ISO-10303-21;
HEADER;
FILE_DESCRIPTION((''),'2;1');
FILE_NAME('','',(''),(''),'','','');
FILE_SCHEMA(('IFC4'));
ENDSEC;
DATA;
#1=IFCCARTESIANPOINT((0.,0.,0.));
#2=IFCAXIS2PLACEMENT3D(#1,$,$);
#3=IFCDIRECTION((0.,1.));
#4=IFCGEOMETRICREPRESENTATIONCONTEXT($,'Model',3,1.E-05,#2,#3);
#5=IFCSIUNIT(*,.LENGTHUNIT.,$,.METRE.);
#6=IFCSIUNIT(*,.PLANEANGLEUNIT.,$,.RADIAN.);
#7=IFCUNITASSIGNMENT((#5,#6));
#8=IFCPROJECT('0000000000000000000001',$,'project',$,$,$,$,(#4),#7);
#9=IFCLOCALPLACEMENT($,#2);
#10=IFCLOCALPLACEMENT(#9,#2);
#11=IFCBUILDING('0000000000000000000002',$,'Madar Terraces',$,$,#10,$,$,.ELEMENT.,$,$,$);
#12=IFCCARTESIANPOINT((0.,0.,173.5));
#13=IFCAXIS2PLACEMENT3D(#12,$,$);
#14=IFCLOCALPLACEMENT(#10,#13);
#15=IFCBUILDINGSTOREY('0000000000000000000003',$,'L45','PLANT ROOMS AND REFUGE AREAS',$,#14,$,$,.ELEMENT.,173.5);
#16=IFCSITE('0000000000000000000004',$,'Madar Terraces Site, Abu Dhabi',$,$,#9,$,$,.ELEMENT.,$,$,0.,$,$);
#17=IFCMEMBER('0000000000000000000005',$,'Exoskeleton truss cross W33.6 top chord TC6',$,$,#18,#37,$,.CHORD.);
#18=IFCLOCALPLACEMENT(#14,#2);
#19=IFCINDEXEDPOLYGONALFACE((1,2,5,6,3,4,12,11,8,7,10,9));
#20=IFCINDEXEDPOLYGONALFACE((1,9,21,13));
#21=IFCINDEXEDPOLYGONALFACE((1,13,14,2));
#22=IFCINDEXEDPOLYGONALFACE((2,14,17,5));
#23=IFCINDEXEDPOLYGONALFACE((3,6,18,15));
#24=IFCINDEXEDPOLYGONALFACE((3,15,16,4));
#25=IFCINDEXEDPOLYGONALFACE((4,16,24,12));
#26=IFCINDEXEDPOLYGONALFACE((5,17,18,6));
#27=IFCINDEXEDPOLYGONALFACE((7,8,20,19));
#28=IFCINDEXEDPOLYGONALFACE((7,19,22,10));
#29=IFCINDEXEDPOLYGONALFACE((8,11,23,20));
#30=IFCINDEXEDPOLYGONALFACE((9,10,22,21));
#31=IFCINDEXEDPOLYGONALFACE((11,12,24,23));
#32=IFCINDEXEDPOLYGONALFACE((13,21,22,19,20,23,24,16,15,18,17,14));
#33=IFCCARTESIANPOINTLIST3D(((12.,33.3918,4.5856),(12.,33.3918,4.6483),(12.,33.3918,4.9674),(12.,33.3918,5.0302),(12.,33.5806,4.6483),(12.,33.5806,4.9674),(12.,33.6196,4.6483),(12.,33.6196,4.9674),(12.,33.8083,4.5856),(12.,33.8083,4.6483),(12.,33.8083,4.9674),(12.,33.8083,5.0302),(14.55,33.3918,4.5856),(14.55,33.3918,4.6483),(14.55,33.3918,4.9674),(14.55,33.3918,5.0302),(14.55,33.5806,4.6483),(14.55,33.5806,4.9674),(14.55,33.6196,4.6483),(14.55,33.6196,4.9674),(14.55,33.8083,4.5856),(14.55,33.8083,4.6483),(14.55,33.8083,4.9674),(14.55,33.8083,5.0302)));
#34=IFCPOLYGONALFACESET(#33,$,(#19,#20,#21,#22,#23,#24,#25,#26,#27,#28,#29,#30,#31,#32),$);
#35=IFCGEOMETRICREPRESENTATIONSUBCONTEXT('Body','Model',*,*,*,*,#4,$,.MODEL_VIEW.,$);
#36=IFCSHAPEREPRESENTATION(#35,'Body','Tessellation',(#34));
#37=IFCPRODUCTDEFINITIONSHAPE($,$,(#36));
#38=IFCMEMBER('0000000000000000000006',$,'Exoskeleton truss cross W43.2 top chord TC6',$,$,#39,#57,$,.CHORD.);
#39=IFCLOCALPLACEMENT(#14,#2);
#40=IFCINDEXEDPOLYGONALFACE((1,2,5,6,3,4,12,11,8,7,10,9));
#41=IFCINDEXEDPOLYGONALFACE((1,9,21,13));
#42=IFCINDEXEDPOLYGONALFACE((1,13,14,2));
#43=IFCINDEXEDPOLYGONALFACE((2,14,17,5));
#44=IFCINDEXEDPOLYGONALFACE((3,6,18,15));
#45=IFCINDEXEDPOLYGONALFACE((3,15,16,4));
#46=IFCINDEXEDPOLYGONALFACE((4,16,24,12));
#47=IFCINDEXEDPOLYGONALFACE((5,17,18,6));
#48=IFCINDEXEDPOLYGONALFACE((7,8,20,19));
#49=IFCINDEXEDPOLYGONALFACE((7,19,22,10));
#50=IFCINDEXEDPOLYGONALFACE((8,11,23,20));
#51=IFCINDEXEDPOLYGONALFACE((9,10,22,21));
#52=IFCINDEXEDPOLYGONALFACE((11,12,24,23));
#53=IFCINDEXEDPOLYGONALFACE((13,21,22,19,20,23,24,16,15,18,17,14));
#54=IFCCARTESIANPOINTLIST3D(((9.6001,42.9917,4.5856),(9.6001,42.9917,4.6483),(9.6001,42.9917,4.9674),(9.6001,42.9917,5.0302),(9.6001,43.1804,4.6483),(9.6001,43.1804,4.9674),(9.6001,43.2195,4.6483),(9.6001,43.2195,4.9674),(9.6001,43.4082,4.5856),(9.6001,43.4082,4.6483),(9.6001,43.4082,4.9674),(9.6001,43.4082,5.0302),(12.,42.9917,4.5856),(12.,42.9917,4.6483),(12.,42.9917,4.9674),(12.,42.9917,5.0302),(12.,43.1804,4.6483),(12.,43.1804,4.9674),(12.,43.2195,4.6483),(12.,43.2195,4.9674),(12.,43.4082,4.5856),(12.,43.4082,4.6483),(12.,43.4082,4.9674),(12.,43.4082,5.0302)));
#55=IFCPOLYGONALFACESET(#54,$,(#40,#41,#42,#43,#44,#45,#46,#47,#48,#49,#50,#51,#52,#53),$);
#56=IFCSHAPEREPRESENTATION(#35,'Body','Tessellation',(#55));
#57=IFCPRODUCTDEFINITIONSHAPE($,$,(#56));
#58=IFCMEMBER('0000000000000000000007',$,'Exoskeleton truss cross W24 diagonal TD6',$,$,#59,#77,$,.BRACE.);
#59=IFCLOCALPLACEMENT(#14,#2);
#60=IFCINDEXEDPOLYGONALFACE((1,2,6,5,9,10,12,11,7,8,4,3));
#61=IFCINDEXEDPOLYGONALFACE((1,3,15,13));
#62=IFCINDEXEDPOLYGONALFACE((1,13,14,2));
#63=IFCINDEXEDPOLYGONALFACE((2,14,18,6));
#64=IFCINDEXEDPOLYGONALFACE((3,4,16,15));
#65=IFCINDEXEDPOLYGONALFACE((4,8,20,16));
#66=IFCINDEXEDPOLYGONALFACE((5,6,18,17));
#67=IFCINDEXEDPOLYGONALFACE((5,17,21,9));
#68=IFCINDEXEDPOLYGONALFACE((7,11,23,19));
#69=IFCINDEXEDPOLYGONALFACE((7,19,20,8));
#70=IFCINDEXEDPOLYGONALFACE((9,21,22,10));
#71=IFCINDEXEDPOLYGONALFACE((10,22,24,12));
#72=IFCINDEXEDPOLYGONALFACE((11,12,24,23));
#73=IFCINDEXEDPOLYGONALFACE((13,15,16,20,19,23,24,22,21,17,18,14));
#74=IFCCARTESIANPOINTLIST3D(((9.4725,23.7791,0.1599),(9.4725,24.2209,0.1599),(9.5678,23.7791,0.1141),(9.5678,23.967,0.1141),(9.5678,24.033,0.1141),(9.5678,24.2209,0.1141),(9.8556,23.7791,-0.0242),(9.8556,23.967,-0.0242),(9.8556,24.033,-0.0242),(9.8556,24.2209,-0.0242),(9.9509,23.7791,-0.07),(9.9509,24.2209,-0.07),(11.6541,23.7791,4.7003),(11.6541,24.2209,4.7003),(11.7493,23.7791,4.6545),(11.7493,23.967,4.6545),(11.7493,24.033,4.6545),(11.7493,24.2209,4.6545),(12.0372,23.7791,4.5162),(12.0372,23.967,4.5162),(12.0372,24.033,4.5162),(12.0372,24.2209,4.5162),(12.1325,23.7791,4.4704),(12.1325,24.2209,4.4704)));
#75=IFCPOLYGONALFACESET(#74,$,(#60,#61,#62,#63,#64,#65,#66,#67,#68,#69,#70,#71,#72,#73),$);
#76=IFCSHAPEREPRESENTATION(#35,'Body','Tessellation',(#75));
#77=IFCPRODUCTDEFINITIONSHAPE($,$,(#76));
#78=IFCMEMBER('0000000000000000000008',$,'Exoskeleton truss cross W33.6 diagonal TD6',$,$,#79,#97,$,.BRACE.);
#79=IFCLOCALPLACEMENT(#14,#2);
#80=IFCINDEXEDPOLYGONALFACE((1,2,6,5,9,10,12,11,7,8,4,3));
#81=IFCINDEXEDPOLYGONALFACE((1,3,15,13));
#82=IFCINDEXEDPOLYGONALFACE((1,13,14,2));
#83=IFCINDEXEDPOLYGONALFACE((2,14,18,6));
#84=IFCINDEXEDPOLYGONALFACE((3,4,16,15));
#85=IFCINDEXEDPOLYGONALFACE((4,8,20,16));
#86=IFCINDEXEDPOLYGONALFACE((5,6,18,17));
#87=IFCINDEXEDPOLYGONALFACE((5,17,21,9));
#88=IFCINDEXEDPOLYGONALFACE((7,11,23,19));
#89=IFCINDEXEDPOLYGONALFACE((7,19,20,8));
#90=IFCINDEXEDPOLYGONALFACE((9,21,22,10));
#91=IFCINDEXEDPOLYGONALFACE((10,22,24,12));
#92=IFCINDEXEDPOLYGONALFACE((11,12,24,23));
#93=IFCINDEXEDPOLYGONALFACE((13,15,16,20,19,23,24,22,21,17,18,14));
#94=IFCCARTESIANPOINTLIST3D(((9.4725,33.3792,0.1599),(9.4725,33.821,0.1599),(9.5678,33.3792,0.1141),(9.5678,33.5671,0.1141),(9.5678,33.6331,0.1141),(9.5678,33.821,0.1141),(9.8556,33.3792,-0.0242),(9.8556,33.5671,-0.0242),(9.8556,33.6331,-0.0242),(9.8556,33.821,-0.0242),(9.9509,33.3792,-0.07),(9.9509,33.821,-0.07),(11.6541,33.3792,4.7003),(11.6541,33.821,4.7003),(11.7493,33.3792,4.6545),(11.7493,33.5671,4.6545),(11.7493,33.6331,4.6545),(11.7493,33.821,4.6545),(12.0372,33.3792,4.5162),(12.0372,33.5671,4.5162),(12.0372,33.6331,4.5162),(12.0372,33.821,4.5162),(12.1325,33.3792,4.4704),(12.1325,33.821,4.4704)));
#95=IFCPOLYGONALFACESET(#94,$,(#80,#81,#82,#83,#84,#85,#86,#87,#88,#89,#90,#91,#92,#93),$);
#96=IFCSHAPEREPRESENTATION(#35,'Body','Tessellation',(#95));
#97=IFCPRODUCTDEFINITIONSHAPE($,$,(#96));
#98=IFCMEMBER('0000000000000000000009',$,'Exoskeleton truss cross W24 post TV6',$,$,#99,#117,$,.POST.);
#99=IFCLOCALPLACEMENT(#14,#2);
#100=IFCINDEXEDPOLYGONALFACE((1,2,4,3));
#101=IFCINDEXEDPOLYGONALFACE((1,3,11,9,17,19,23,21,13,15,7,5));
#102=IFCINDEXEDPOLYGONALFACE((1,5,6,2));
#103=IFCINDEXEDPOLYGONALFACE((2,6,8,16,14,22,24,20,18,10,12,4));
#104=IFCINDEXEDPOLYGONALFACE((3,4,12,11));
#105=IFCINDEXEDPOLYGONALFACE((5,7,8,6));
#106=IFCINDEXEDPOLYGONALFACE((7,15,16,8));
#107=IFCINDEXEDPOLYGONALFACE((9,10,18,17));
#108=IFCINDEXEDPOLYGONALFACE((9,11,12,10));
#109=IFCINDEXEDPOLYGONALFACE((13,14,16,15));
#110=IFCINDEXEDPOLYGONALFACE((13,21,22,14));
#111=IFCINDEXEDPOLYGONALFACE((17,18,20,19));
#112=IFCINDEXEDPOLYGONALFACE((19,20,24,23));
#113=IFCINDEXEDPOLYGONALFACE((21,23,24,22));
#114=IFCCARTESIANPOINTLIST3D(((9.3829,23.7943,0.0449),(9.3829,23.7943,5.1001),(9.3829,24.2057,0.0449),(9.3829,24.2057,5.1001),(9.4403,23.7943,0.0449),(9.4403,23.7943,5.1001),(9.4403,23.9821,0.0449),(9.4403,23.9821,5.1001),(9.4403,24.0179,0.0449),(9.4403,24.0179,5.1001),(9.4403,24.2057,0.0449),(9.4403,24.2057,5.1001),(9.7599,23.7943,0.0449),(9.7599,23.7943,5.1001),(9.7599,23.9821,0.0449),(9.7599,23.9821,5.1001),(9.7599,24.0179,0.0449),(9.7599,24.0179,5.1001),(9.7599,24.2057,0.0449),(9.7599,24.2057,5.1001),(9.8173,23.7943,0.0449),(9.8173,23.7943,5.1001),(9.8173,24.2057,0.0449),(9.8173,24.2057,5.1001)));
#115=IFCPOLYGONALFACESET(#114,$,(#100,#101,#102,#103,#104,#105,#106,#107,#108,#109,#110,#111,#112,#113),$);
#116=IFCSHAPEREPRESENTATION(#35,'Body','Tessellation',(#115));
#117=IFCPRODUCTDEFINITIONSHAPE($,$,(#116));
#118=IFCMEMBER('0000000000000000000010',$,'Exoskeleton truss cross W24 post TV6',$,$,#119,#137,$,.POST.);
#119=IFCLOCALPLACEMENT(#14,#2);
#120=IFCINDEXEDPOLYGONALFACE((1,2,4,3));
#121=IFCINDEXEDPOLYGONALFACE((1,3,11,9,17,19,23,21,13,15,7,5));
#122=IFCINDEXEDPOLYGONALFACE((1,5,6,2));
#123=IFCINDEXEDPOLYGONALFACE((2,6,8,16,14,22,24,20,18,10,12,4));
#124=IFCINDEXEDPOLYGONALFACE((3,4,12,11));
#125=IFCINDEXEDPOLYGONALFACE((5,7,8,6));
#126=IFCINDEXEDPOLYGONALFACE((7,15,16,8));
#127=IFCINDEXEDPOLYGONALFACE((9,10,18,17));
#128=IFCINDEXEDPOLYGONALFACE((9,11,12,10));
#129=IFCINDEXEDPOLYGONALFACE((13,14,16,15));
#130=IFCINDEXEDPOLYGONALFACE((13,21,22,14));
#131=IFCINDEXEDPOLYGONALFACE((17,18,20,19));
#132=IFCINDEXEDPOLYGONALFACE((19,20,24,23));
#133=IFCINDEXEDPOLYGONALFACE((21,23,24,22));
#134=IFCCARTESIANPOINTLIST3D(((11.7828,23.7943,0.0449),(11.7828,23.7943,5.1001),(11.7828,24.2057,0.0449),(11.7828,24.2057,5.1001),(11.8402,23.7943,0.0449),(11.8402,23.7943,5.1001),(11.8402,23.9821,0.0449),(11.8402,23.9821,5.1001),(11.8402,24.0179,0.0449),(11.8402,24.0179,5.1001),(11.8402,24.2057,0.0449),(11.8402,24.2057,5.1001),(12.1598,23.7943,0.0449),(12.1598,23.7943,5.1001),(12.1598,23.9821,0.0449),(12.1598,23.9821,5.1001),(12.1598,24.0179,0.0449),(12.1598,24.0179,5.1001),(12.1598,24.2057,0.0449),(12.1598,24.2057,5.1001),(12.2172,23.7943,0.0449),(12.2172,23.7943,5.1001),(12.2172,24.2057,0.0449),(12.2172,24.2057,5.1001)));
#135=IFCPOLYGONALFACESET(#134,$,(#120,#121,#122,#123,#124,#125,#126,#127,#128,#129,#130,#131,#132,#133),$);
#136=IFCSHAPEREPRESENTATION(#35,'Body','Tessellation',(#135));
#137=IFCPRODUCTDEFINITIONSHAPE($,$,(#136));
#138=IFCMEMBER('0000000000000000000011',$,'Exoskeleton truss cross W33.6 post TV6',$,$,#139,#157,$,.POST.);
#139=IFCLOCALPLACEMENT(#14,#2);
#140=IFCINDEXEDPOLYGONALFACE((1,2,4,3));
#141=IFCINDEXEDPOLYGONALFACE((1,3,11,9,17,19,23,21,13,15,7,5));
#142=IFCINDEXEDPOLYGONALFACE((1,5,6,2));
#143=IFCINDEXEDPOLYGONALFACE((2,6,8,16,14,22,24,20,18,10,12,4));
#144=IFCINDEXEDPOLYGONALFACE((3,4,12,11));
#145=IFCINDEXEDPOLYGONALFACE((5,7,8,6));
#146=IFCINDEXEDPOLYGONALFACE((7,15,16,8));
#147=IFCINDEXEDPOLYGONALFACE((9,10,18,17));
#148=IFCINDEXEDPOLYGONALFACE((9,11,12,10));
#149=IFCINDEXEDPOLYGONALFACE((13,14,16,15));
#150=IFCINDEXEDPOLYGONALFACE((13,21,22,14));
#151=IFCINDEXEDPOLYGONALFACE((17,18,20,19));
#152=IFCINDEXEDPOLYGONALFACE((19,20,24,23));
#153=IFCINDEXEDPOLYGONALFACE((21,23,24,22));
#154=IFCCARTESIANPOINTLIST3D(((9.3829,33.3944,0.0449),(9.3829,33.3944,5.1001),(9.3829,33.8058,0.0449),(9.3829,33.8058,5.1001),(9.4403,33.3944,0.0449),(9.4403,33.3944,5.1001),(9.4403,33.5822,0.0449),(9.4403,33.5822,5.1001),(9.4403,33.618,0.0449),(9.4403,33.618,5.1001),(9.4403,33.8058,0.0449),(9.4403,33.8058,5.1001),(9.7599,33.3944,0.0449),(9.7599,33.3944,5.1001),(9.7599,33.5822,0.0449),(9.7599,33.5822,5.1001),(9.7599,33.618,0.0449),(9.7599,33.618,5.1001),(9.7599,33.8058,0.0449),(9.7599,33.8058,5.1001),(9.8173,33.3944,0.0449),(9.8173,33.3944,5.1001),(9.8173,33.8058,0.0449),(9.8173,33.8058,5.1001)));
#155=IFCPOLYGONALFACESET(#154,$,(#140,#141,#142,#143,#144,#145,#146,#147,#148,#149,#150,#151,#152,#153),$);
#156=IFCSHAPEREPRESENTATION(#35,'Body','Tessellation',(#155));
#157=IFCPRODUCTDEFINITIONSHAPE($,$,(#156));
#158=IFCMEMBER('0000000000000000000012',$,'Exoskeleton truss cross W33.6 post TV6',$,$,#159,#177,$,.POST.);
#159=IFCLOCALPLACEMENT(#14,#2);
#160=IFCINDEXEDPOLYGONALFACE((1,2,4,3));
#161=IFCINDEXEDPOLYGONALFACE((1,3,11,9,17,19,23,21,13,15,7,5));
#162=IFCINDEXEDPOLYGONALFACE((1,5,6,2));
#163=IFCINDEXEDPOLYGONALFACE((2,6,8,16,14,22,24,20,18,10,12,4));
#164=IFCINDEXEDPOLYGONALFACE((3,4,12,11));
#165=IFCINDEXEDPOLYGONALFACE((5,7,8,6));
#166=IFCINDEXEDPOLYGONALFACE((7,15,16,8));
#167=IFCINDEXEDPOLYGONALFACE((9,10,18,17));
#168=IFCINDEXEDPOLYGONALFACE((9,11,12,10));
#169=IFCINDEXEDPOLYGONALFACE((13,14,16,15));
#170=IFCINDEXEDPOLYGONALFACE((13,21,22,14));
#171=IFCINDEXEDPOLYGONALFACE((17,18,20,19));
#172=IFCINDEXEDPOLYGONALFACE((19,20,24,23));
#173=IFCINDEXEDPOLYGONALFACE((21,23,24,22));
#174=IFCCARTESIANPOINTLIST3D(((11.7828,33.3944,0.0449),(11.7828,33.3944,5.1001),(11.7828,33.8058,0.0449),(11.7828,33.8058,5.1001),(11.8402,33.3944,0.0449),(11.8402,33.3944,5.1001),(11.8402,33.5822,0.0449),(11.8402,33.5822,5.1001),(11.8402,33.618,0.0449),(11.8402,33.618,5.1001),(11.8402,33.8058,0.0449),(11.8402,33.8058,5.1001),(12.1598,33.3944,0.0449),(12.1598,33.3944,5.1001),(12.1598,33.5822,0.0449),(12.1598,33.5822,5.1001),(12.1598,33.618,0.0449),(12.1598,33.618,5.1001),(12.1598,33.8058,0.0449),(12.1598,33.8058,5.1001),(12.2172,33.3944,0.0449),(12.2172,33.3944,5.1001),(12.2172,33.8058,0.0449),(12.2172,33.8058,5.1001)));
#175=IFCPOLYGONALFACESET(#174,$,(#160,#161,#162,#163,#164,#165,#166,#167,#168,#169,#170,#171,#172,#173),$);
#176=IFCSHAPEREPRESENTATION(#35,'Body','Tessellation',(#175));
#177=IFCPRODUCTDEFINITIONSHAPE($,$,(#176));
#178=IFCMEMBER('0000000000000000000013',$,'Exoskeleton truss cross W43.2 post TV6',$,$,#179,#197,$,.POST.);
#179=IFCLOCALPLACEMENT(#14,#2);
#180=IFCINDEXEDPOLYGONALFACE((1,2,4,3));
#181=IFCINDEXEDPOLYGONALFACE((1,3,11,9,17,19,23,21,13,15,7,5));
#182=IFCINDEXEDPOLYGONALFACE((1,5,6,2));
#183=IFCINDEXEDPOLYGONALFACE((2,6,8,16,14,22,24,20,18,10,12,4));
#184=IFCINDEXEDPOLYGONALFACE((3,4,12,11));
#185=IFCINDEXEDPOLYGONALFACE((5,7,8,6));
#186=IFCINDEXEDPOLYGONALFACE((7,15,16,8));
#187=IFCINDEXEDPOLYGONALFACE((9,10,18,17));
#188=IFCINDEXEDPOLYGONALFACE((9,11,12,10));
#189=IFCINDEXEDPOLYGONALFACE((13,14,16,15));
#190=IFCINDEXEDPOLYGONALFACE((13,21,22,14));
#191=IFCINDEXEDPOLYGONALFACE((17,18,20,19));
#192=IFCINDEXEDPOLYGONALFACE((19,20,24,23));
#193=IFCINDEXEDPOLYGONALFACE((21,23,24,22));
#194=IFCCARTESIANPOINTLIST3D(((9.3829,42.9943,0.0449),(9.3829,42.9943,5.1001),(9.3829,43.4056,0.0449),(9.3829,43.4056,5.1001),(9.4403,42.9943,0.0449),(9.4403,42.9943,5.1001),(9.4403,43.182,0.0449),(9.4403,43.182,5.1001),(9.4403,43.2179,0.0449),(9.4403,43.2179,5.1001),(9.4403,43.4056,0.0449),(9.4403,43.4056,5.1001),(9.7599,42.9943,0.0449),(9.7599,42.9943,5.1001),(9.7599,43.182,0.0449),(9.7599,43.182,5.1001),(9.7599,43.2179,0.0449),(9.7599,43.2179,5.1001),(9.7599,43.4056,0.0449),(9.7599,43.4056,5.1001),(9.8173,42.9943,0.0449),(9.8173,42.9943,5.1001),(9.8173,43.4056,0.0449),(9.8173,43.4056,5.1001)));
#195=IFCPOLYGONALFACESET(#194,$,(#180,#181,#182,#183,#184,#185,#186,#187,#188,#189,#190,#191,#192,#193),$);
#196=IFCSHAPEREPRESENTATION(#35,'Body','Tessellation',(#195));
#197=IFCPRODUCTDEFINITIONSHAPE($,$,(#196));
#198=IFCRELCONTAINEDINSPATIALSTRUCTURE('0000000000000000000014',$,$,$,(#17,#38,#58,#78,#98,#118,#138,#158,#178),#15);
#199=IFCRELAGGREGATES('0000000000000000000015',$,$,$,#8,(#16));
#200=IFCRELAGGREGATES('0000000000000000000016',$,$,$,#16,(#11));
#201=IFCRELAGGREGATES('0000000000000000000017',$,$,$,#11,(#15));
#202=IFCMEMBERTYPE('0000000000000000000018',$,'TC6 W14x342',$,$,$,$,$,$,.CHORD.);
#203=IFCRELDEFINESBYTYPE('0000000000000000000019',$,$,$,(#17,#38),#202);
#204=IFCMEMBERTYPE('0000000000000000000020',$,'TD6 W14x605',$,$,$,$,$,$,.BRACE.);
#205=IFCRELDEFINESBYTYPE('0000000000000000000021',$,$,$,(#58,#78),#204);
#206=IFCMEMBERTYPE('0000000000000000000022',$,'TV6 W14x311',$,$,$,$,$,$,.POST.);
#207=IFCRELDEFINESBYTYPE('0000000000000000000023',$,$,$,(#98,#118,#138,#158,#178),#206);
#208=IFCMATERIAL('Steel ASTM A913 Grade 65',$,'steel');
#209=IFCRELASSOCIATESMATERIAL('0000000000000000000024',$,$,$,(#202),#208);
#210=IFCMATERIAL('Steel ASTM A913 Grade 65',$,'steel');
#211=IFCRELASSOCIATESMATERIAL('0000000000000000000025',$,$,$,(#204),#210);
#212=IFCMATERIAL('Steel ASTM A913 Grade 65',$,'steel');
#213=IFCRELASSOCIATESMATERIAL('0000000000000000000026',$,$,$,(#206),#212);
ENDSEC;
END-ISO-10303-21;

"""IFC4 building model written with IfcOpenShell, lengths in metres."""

from ifc_helpers import new_model, si_unit, direction, frame, origin, origin_2d, place, context, subcontext, project, spatial, i_section, extrude, material, material_profile, profile_set, type_object, element, save


model = new_model("IFC4")

# Units and contexts
model_context = context("Model", 3, precision=1e-05, world=origin(), true_north=direction((0.0, 1.0)))
body_context = subcontext(model_context, "Body", "Model", "MODEL_VIEW")
ifc_project = project(units=[si_unit("LENGTHUNIT", "METRE"), si_unit("PLANEANGLEUNIT", "RADIAN")], contexts=[model_context])

# Site, building, storey
site_placement = place(None, origin())
site = spatial("IfcSite", under=ifc_project, at=site_placement, Name="Madar Terraces Site, Abu Dhabi", CompositionType="ELEMENT", RefElevation=0.0)
building_placement = place(site_placement, origin())
building = spatial("IfcBuilding", under=site, at=building_placement, Name="Madar Terraces", CompositionType="ELEMENT")
storey_placement = place(building_placement, frame((0.0, 0.0, 173.5)))
storey = spatial("IfcBuildingStorey", under=building, at=storey_placement, Name="L45", Description="PLANT ROOMS AND REFUGE AREAS", CompositionType="ELEMENT", Elevation=173.5)

# Members
ifc_material_1 = material(Name="Steel ASTM A913 Grade 65", Category="steel")
ifc_material_profile_1 = material_profile(ifc_material_1, i_section(OverallWidth=0.4165, OverallDepth=0.4446, WebThickness=0.0391, FlangeThickness=0.0627, at=origin_2d()), Name="W14x342")
ifc_profile_set_1 = profile_set([ifc_material_profile_1], Name="Steel ASTM A913 Grade 65")
member_type_1 = type_object("IfcMemberType", Name="TC6 W14x342", PredefinedType="CHORD", material=ifc_profile_set_1)
member_1_placement = place(storey_placement, frame((12.0, 33.6001, 4.8079), z_axis=(1.0, 0.0, 0.0), x_axis=(0.0, 1.0, 0.0)))
element("IfcMember", 1, at=member_1_placement, inside=storey, type_object=member_type_1, Name="Exoskeleton truss cross W33.6 top chord TC6", PredefinedType="CHORD", context=body_context, shape_type="SweptSolid", body=[
    extrude(i_section(OverallWidth=0.4165, OverallDepth=0.4446, WebThickness=0.0391, FlangeThickness=0.0627, at=origin_2d()), origin(), (0.0, 0.0, 1.0), 2.55),
])
member_2_placement = place(storey_placement, frame((9.6001, 43.2, 4.8079), z_axis=(1.0, 0.0, 0.0), x_axis=(0.0, 1.0, 0.0)))
element("IfcMember", 2, at=member_2_placement, inside=storey, type_object=member_type_1, Name="Exoskeleton truss cross W43.2 top chord TC6", PredefinedType="CHORD", context=body_context, shape_type="SweptSolid", body=[
    extrude(i_section(OverallWidth=0.4165, OverallDepth=0.4446, WebThickness=0.0391, FlangeThickness=0.0627, at=origin_2d()), origin(), (0.0, 0.0, 1.0), 2.3999),
])
ifc_material_2 = material(Name="Steel ASTM A913 Grade 65", Category="steel")
ifc_material_profile_2 = material_profile(ifc_material_2, i_section(OverallWidth=0.4419, OverallDepth=0.5308, WebThickness=0.0659, FlangeThickness=0.1057, at=origin_2d()), Name="W14x605")
ifc_profile_set_2 = profile_set([ifc_material_profile_2], Name="Steel ASTM A913 Grade 65")
member_type_2 = type_object("IfcMemberType", Name="TD6 W14x605", PredefinedType="BRACE", material=ifc_profile_set_2)
for number, where, z_axis, x_axis, name in (
    (3, (9.7117, 24.0, 0.0449), (0.433084, 0.0, 0.901354), (0.0, 1.0, 0.0), "Exoskeleton truss cross W24 diagonal TD6"),
    (4, (9.7117, 33.6001, 0.0449), (0.433084, 0.0, 0.901354), (0.0, 1.0, 0.0), "Exoskeleton truss cross W33.6 diagonal TD6"),
):
    element("IfcMember", number, at=place(storey_placement, frame(where, z_axis=z_axis, x_axis=x_axis)), inside=storey, type_object=member_type_2, Name=name, PredefinedType="BRACE", context=body_context, shape_type="SweptSolid", body=[
        extrude(i_section(OverallWidth=0.4419, OverallDepth=0.5308, WebThickness=0.0659, FlangeThickness=0.1057, at=origin_2d()), origin(), (0.0, 0.0, 1.0), 5.0374),
    ])
ifc_material_3 = material(Name="Steel ASTM A913 Grade 65", Category="steel")
ifc_material_profile_3 = material_profile(ifc_material_3, i_section(OverallWidth=0.4114, OverallDepth=0.4343, WebThickness=0.0359, FlangeThickness=0.0574, at=origin_2d()), Name="W14x311")
ifc_profile_set_3 = profile_set([ifc_material_profile_3], Name="Steel ASTM A913 Grade 65")
member_type_3 = type_object("IfcMemberType", Name="TV6 W14x311", PredefinedType="POST", material=ifc_profile_set_3)
for number, where, z_axis, x_axis, name in (
    (5, (9.6001, 24.0, 0.0449), (0.0, 0.0, 1.0), (0.0, 1.0, 0.0), "Exoskeleton truss cross W24 post TV6"),
    (6, (12.0, 24.0, 0.0449), (0.0, 0.0, 1.0), (0.0, 1.0, 0.0), "Exoskeleton truss cross W24 post TV6"),
    (7, (9.6001, 33.6001, 0.0449), (0.0, 0.0, 1.0), (0.0, 1.0, 0.0), "Exoskeleton truss cross W33.6 post TV6"),
    (8, (12.0, 33.6001, 0.0449), (0.0, 0.0, 1.0), (0.0, 1.0, 0.0), "Exoskeleton truss cross W33.6 post TV6"),
    (9, (9.6001, 43.2, 0.0449), (0.0, 0.0, 1.0), (0.0, 1.0, 0.0), "Exoskeleton truss cross W43.2 post TV6"),
):
    element("IfcMember", number, at=place(storey_placement, frame(where, z_axis=z_axis, x_axis=x_axis)), inside=storey, type_object=member_type_3, Name=name, PredefinedType="POST", context=body_context, shape_type="SweptSolid", body=[
        extrude(i_section(OverallWidth=0.4114, OverallDepth=0.4343, WebThickness=0.0359, FlangeThickness=0.0574, at=origin_2d()), origin(), (0.0, 0.0, 1.0), 5.0552),
    ])

save(model, "model.ifc")
